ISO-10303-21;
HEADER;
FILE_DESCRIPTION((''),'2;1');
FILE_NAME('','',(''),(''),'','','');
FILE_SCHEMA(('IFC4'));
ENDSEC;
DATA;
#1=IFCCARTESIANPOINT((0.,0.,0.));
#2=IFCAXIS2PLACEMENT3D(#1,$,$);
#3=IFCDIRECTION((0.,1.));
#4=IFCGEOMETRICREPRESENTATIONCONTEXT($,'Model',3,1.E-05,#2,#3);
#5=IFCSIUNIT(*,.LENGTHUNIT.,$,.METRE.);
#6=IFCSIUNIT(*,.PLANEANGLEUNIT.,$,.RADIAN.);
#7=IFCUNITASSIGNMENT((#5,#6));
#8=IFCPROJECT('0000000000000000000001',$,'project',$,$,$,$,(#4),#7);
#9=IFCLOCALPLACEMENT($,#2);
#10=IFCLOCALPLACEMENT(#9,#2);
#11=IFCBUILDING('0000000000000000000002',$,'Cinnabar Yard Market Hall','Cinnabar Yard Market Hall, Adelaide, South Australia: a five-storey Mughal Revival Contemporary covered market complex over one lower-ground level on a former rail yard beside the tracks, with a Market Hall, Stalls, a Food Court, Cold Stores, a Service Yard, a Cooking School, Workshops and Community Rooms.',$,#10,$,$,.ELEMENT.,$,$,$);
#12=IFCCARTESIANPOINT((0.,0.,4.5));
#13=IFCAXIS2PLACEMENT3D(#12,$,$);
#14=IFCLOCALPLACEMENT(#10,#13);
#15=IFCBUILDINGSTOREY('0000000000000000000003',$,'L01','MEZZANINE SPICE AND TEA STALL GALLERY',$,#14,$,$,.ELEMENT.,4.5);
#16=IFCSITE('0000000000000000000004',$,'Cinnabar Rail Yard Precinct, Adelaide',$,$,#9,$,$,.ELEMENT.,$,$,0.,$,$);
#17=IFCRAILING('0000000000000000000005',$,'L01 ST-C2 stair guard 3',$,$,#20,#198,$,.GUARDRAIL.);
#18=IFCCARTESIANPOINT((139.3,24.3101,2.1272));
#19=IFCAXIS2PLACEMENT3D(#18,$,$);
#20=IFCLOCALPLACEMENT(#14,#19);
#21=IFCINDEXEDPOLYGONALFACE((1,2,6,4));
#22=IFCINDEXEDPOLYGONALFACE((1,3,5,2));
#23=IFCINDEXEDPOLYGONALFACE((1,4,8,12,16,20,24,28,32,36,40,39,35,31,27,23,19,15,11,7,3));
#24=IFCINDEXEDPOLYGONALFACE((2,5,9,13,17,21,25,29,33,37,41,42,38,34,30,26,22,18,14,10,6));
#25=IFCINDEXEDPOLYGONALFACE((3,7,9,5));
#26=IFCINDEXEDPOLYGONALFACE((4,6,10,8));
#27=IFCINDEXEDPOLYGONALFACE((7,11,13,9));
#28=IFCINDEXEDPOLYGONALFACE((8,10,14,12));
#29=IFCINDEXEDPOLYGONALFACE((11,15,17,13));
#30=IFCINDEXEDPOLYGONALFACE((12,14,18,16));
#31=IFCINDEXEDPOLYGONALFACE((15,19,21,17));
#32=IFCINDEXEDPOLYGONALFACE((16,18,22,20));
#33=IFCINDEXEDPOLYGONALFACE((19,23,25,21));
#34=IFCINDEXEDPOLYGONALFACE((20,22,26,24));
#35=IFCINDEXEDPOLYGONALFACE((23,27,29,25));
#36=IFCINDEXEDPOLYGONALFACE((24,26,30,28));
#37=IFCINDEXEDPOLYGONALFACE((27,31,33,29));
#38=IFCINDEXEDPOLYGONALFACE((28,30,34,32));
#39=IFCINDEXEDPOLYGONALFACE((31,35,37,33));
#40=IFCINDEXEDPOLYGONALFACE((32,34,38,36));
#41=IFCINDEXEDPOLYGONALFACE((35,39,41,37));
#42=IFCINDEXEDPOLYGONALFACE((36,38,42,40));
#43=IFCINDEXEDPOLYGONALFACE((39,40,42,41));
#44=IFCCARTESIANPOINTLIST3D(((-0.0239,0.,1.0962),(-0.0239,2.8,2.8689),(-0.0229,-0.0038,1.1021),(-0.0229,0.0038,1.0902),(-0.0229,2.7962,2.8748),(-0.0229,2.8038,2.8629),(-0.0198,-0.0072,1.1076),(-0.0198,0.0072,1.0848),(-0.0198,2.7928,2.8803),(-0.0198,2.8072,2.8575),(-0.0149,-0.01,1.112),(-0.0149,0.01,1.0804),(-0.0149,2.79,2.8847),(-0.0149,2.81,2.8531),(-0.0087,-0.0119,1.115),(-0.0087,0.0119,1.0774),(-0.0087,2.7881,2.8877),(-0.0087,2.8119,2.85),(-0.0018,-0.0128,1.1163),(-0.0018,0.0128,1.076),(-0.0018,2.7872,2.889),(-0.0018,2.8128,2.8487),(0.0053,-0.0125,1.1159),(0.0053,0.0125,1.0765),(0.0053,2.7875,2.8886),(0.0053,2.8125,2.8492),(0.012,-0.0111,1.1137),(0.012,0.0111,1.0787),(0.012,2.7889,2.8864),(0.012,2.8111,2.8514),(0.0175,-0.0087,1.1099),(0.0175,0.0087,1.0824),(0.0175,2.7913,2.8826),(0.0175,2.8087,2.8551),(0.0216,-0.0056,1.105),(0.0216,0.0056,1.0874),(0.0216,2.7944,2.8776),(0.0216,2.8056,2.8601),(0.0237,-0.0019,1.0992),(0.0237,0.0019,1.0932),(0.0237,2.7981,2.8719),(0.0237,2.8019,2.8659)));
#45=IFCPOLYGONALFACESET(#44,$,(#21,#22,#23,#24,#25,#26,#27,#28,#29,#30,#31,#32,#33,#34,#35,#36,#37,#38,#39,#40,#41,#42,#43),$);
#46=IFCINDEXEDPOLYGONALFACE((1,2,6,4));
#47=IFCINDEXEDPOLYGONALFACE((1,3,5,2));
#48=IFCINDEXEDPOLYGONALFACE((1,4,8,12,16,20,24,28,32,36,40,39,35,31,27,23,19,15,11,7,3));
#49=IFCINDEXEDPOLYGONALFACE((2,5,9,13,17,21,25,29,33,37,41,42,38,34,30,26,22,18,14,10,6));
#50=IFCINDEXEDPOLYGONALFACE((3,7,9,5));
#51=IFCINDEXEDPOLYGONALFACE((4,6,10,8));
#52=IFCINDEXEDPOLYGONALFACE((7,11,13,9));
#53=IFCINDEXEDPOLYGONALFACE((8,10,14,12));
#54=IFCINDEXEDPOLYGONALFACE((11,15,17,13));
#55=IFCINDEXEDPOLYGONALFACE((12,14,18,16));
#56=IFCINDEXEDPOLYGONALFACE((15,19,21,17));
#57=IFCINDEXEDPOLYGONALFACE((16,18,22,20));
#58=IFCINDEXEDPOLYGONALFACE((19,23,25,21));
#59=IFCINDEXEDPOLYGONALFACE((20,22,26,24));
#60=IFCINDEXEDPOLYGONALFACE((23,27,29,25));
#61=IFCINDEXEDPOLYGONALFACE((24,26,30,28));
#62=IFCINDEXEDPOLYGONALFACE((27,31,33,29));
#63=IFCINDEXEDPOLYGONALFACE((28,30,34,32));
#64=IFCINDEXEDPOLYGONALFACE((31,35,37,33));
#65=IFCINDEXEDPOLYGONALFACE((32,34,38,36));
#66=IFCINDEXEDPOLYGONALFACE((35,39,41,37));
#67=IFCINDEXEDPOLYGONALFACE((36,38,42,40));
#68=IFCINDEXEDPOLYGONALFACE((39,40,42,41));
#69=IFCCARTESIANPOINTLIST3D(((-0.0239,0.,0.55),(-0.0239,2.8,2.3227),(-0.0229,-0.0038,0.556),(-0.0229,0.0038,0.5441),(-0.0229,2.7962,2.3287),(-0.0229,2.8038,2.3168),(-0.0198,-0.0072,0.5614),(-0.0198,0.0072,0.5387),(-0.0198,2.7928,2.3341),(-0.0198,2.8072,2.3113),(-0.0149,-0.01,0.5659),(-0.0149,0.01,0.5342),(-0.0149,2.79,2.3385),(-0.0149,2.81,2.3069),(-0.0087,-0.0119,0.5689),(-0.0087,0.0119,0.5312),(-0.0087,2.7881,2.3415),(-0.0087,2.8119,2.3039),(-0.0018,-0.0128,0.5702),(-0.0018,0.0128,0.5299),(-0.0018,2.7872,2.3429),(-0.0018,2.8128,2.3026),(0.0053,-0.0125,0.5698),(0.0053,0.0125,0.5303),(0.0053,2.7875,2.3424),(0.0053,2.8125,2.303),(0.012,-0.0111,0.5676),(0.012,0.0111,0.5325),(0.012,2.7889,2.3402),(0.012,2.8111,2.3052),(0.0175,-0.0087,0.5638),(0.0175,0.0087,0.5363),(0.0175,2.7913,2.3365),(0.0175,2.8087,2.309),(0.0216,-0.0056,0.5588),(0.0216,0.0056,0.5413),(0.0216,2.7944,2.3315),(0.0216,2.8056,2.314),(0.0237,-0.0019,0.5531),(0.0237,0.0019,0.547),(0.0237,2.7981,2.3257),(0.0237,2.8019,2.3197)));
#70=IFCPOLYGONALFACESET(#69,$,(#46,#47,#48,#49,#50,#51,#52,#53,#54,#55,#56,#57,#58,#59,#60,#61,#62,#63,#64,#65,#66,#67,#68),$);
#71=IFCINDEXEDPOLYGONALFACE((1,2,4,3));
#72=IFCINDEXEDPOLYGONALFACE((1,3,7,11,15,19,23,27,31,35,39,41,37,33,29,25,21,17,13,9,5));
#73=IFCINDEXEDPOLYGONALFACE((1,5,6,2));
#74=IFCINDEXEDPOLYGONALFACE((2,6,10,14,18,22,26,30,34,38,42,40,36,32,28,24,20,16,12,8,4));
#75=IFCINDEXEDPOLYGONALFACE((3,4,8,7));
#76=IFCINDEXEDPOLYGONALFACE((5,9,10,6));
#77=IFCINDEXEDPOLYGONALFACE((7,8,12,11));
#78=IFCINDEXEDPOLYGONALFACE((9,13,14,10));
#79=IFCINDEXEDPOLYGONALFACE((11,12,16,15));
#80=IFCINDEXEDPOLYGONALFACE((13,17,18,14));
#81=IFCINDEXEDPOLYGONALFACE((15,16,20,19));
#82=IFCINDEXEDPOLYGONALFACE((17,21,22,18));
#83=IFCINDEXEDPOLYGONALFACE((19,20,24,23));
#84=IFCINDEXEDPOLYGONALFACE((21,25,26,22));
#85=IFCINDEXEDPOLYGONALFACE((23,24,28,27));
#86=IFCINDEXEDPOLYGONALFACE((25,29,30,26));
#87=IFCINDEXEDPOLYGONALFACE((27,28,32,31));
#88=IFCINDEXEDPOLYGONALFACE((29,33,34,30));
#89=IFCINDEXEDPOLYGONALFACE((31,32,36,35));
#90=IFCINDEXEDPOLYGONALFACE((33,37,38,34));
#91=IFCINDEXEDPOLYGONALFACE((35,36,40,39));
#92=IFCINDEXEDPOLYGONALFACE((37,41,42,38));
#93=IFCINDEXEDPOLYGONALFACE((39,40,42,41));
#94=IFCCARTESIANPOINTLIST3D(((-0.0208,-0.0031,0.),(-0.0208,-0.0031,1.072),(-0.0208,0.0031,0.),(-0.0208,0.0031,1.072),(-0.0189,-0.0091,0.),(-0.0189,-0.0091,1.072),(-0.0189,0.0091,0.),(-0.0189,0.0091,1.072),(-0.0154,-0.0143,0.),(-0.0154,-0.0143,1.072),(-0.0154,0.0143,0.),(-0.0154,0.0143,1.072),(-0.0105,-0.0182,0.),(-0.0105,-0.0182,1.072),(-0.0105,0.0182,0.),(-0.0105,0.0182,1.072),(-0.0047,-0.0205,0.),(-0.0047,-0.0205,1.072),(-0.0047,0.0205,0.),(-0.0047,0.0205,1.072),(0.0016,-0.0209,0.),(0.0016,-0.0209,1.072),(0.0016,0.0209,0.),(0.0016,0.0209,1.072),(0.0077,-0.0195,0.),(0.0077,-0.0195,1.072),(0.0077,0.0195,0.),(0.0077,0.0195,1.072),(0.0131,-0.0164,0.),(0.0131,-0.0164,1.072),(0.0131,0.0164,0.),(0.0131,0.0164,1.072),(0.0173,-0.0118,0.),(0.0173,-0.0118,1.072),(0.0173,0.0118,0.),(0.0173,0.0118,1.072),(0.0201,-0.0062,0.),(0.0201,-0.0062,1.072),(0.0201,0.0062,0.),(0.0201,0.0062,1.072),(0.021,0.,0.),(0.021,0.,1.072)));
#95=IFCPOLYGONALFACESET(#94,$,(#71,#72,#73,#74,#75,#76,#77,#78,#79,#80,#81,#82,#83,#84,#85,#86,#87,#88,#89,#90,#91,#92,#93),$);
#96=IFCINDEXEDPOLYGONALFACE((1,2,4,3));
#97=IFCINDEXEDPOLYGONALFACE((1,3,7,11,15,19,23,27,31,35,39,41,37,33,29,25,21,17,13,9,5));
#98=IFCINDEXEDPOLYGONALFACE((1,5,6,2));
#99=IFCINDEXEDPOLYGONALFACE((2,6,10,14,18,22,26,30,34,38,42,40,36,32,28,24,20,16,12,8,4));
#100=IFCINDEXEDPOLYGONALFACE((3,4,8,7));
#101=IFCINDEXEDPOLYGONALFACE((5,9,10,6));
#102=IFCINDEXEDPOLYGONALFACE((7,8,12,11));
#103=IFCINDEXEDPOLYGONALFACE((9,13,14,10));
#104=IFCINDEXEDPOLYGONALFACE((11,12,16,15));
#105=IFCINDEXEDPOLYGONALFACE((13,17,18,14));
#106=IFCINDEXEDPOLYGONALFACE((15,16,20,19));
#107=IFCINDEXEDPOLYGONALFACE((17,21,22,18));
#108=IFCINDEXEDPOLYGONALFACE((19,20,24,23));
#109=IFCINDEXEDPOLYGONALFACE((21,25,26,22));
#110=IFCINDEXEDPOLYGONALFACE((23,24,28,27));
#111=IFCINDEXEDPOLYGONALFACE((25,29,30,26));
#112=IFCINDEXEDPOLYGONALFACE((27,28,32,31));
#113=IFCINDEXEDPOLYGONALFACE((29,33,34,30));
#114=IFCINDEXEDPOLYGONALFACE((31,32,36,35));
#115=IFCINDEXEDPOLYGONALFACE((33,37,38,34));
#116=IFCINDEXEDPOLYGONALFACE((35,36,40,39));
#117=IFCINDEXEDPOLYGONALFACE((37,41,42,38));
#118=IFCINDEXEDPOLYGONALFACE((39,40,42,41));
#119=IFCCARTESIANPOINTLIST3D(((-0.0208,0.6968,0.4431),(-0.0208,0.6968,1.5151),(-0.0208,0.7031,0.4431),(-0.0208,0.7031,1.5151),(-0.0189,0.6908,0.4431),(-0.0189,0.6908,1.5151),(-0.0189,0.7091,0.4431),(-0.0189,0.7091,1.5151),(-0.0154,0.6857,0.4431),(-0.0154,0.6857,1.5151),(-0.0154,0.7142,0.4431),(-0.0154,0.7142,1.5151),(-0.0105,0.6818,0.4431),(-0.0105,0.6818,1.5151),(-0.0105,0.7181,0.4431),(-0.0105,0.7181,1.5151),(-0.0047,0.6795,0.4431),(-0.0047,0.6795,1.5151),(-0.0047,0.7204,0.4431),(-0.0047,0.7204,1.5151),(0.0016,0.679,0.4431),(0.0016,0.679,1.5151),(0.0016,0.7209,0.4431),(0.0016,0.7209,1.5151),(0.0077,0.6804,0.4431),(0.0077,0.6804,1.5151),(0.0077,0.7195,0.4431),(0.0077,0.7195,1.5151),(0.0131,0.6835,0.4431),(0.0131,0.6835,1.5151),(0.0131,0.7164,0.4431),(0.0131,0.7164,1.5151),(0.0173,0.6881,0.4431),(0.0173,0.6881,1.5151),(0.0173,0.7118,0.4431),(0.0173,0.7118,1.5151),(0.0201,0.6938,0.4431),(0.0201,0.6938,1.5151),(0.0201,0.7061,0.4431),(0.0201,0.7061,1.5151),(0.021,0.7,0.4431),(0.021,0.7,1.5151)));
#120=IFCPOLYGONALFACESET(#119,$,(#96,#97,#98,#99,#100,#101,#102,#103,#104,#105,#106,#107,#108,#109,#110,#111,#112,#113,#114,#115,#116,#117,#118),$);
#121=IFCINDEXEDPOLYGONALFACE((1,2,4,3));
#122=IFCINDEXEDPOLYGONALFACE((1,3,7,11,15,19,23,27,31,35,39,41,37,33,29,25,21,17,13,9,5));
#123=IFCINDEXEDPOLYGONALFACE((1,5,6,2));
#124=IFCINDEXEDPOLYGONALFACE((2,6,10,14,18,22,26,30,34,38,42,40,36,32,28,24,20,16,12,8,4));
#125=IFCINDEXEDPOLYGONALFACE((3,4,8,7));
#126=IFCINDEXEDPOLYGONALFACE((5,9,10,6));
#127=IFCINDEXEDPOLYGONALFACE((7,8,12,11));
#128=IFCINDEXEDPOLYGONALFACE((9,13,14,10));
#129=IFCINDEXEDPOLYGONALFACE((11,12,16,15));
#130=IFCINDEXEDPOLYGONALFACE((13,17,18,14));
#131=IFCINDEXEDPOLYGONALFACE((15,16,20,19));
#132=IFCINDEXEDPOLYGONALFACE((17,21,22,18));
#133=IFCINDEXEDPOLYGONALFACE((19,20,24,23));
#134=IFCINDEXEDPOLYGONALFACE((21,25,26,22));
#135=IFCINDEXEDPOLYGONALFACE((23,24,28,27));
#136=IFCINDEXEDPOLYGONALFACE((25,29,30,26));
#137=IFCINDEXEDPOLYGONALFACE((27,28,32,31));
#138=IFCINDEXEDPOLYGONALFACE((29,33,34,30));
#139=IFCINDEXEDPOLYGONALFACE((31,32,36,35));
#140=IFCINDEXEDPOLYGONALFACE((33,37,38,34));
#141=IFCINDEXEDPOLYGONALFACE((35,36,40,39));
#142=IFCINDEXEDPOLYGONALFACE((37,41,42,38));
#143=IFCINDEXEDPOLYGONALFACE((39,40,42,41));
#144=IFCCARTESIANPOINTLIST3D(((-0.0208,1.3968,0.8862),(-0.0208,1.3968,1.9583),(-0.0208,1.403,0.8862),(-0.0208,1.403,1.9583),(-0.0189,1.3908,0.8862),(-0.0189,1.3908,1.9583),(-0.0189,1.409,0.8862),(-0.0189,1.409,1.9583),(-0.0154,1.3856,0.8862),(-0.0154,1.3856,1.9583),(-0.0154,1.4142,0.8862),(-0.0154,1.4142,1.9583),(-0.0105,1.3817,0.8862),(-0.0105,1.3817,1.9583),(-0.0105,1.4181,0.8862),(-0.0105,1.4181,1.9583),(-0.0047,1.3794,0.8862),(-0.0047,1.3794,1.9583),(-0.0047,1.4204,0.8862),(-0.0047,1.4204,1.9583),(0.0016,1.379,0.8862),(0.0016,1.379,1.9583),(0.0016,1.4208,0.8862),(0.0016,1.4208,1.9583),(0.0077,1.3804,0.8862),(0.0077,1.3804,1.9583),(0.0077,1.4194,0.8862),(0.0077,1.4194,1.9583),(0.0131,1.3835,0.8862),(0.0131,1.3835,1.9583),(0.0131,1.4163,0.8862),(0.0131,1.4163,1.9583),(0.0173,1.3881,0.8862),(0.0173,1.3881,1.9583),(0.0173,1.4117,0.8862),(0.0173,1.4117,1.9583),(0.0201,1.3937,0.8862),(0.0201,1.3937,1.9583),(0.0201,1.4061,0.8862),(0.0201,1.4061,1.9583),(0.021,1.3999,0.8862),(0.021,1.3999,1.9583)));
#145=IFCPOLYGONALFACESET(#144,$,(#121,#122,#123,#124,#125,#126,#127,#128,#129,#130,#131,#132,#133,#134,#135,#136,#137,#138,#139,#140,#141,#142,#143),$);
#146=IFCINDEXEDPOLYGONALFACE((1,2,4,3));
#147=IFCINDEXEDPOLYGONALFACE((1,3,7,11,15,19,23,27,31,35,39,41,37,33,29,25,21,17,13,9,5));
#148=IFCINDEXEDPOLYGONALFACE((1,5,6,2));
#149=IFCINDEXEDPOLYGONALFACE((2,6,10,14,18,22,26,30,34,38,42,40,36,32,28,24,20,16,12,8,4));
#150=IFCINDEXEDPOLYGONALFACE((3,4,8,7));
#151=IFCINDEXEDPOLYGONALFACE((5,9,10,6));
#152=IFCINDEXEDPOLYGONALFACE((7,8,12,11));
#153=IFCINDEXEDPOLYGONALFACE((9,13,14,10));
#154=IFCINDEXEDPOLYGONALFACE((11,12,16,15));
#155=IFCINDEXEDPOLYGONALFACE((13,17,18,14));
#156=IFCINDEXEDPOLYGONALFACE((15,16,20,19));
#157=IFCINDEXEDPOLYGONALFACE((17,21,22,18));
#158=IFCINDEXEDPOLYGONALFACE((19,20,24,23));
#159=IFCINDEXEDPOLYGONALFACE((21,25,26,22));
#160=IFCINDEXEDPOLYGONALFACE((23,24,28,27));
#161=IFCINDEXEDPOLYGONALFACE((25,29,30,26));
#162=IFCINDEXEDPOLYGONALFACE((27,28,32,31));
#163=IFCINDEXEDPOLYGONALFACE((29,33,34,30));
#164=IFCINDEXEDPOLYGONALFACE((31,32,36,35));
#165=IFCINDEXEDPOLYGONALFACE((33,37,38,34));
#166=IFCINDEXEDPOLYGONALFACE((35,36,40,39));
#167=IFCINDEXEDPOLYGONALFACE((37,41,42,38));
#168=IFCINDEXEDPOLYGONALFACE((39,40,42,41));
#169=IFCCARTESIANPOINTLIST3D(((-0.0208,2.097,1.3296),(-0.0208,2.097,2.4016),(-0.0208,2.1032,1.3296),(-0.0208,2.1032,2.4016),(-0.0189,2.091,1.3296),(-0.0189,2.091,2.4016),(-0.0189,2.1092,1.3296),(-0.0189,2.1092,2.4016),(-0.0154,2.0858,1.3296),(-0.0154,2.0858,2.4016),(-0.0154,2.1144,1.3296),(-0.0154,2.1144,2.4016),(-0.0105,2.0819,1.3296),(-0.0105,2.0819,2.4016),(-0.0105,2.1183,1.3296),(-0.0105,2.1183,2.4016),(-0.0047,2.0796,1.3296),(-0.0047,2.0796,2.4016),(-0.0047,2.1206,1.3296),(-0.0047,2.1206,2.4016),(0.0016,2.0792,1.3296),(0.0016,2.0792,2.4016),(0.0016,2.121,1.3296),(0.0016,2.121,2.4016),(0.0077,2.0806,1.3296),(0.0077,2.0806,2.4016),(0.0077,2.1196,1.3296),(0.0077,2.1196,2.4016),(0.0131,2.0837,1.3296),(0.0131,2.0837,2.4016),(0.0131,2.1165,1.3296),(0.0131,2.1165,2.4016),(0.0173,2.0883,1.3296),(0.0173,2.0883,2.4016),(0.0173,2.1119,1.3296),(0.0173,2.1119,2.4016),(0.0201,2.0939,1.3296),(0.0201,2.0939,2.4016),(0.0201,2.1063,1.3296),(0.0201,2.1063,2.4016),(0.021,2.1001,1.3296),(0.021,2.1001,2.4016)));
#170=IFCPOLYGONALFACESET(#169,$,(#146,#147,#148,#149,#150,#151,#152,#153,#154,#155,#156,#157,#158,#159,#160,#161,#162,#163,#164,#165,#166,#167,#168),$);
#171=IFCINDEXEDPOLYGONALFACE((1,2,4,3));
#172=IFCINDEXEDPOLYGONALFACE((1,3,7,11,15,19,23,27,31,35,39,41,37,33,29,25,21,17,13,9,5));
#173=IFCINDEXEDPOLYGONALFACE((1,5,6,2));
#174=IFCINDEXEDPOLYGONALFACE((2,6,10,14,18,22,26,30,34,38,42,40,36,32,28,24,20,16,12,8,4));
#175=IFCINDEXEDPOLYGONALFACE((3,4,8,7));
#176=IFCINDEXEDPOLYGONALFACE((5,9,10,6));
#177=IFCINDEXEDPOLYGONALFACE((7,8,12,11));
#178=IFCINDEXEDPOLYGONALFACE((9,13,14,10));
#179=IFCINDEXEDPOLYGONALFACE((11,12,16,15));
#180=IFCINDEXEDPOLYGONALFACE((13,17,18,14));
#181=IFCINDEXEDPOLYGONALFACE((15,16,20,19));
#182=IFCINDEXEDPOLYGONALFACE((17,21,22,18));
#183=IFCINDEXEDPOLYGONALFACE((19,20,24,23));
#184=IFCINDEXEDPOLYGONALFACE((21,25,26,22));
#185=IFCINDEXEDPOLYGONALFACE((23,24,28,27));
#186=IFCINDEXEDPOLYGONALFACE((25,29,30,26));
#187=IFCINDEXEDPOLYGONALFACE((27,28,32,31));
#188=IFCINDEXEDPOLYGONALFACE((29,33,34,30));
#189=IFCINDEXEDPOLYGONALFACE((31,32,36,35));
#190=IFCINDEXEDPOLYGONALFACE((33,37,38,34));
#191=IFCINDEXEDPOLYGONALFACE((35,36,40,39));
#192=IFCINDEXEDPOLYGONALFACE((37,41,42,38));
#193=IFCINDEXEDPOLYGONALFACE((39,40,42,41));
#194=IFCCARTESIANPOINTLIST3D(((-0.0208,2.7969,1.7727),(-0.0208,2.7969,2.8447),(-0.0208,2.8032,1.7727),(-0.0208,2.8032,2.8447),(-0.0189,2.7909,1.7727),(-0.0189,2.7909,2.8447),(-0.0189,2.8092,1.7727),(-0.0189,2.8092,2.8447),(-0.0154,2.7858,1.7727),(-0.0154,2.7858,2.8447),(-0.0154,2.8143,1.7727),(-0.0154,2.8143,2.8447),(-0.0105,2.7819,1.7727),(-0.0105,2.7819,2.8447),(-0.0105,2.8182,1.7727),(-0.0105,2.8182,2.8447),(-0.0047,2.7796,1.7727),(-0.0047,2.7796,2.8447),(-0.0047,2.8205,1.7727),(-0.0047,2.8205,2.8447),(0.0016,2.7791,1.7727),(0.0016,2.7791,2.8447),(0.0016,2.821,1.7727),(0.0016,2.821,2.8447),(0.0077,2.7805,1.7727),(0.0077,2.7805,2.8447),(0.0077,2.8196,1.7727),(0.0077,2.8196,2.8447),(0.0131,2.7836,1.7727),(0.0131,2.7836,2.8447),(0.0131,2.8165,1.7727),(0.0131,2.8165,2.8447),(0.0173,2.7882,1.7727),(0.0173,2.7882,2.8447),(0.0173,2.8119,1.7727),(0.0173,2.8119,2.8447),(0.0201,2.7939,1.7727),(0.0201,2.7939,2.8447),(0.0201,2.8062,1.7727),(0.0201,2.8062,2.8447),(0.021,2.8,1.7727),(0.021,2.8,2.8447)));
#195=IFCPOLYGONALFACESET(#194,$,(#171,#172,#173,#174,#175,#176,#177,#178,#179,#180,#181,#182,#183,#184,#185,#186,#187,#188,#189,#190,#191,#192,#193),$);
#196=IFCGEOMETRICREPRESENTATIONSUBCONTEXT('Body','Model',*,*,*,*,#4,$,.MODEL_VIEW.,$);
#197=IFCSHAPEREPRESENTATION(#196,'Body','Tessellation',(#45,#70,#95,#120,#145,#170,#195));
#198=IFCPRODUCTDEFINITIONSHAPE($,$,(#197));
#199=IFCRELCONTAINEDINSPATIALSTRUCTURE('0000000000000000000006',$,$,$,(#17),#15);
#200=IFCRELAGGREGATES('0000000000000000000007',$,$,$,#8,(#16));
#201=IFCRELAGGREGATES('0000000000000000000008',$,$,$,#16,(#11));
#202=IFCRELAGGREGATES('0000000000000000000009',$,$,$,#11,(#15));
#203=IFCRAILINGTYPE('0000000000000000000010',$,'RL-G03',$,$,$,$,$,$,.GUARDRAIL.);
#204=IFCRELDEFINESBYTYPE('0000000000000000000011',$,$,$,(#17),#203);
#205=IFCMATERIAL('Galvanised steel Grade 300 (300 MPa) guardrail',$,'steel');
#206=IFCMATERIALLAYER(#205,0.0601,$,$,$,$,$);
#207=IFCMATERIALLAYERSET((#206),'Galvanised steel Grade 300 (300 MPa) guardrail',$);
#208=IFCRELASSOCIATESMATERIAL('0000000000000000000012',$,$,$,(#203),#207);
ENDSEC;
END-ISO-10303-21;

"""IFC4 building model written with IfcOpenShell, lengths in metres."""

from ifc_helpers import new_model, si_unit, direction, frame, origin, origin_2d_with_axis, place, context, subcontext, project, spatial, circle, extrude, material, layer, layer_set, type_object, element, save


model = new_model("IFC4")

# Units and contexts
model_context = context("Model", 3, precision=1e-05, world=origin(), true_north=direction((0.0, 1.0)))
body_context = subcontext(model_context, "Body", "Model", "MODEL_VIEW")
ifc_project = project(units=[si_unit("LENGTHUNIT", "METRE"), si_unit("PLANEANGLEUNIT", "RADIAN")], contexts=[model_context])

# Site, building, storey
site_placement = place(None, origin())
site = spatial("IfcSite", under=ifc_project, at=site_placement, Name="Cinnabar Rail Yard Precinct, Adelaide", CompositionType="ELEMENT", RefElevation=0.0)
building_placement = place(site_placement, origin())
building = spatial("IfcBuilding", under=site, at=building_placement, Name="Cinnabar Yard Market Hall", Description="Cinnabar Yard Market Hall, Adelaide, South Australia: a five-storey Mughal Revival Contemporary covered market complex over one lower-ground level on a former rail yard beside the tracks, with a Market Hall, Stalls, a Food Court, Cold Stores, a Service Yard, a Cooking School, Workshops and Community Rooms.", CompositionType="ELEMENT")
storey_placement = place(building_placement, frame((0.0, 0.0, 4.5)))
storey = spatial("IfcBuildingStorey", under=building, at=storey_placement, Name="L01", Description="MEZZANINE SPICE AND TEA STALL GALLERY", CompositionType="ELEMENT", Elevation=4.5)

# Railing
ifc_material_1 = material(Name="Galvanised steel Grade 300 (300 MPa) guardrail", Category="steel")
ifc_layer_1 = layer(ifc_material_1, 0.0601)
ifc_layer_set_1 = layer_set([ifc_layer_1], Name="Galvanised steel Grade 300 (300 MPa) guardrail")
railing_type_1 = type_object("IfcRailingType", Name="RL-G03", PredefinedType="GUARDRAIL", material=ifc_layer_set_1)
railing_1_placement = place(storey_placement, frame((139.3, 24.3101, 2.1272)))
element("IfcRailing", 1, at=railing_1_placement, inside=storey, type_object=railing_type_1, Name="L01 ST-C2 stair guard 3", PredefinedType="GUARDRAIL", context=body_context, shape_type="SweptSolid", body=[
    extrude(circle(Radius=0.0239, at=origin_2d_with_axis()), frame((0.0, 0.0, 1.0962), z_axis=(0.0, 0.844909, 0.53491), x_axis=(-1.0, 0.0, 0.0)), (0.0, 0.0, 1.0), 3.314),
    extrude(circle(Radius=0.0239, at=origin_2d_with_axis()), frame((0.0, 0.0, 0.55), z_axis=(0.0, 0.844909, 0.53491), x_axis=(-1.0, 0.0, 0.0)), (0.0, 0.0, 1.0), 3.314),
    extrude(circle(Radius=0.021, at=origin_2d_with_axis()), origin(), (0.0, 0.0, 1.0), 1.072),
    extrude(circle(Radius=0.021, at=origin_2d_with_axis()), frame((0.0, 0.7, 0.4431)), (0.0, 0.0, 1.0), 1.072),
    extrude(circle(Radius=0.021, at=origin_2d_with_axis()), frame((0.0, 1.3999, 0.8862)), (0.0, 0.0, 1.0), 1.072),
    extrude(circle(Radius=0.021, at=origin_2d_with_axis()), frame((0.0, 2.1001, 1.3296)), (0.0, 0.0, 1.0), 1.072),
    extrude(circle(Radius=0.021, at=origin_2d_with_axis()), frame((0.0, 2.8, 1.7727)), (0.0, 0.0, 1.0), 1.072),
])

save(model, "model.ifc")
